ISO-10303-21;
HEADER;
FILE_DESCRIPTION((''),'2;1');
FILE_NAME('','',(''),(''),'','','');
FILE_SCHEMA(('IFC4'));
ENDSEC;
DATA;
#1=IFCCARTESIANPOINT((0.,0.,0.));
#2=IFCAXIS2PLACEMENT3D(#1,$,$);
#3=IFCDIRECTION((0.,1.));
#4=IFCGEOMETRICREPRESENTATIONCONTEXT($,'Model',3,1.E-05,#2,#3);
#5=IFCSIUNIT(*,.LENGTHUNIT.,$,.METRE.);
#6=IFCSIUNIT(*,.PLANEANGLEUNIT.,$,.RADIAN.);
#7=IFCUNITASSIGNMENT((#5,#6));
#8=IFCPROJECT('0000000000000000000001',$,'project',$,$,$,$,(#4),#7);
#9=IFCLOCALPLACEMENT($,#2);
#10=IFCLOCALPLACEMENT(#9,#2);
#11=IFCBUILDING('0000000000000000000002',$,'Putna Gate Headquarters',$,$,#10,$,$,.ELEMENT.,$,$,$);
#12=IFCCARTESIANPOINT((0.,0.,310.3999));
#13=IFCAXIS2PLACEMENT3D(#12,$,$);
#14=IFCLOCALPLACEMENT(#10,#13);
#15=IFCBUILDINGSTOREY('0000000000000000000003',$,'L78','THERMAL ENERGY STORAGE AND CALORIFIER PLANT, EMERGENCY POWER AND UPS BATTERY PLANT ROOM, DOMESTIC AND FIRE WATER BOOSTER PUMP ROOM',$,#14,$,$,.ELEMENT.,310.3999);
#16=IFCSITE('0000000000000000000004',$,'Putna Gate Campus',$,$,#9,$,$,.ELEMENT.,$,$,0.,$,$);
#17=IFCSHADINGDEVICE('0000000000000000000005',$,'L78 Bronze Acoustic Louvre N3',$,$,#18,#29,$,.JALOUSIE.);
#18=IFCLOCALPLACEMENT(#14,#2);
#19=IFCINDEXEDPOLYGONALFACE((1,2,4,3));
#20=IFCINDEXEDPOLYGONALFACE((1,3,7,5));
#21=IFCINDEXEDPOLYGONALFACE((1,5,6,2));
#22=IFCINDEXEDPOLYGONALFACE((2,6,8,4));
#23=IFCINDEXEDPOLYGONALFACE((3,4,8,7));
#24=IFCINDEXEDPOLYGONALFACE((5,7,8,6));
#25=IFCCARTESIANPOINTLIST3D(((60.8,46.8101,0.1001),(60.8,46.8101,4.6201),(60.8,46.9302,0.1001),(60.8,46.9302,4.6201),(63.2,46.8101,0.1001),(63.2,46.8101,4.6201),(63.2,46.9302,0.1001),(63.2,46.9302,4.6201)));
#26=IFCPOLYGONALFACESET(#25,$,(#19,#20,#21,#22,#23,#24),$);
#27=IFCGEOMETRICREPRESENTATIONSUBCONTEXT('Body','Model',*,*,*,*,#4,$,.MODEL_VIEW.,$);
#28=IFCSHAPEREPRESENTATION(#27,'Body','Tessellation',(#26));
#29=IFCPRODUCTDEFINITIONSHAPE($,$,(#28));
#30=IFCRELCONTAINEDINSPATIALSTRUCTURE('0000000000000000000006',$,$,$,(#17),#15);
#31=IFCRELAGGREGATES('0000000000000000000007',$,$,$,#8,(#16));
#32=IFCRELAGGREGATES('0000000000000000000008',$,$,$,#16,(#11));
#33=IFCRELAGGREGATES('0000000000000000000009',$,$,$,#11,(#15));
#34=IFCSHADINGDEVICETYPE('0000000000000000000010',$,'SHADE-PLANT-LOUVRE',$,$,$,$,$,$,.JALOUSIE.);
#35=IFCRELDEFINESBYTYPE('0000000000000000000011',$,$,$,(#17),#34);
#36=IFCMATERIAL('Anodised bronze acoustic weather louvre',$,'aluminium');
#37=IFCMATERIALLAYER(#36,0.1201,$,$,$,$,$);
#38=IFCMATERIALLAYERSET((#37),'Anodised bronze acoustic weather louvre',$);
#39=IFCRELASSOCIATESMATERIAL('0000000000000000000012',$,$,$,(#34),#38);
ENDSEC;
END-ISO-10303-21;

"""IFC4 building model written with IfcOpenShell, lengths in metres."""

from ifc_helpers import new_model, si_unit, direction, frame, origin, origin_2d, place, context, subcontext, project, spatial, rectangle, extrude, material, layer, layer_set, type_object, element, save


model = new_model("IFC4")

# Units and contexts
model_context = context("Model", 3, precision=1e-05, world=origin(), true_north=direction((0.0, 1.0)))
body_context = subcontext(model_context, "Body", "Model", "MODEL_VIEW")
ifc_project = project(units=[si_unit("LENGTHUNIT", "METRE"), si_unit("PLANEANGLEUNIT", "RADIAN")], contexts=[model_context])

# Site, building, storey
site_placement = place(None, origin())
site = spatial("IfcSite", under=ifc_project, at=site_placement, Name="Putna Gate Campus", CompositionType="ELEMENT", RefElevation=0.0)
building_placement = place(site_placement, origin())
building = spatial("IfcBuilding", under=site, at=building_placement, Name="Putna Gate Headquarters", CompositionType="ELEMENT")
storey_placement = place(building_placement, frame((0.0, 0.0, 310.3999)))
storey = spatial("IfcBuildingStorey", under=building, at=storey_placement, Name="L78", Description="THERMAL ENERGY STORAGE AND CALORIFIER PLANT, EMERGENCY POWER AND UPS BATTERY PLANT ROOM, DOMESTIC AND FIRE WATER BOOSTER PUMP ROOM", CompositionType="ELEMENT", Elevation=310.3999)

# Shading device
ifc_material_1 = material(Name="Anodised bronze acoustic weather louvre", Category="aluminium")
ifc_layer_1 = layer(ifc_material_1, 0.1201)
ifc_layer_set_1 = layer_set([ifc_layer_1], Name="Anodised bronze acoustic weather louvre")
shading_device_type = type_object("IfcShadingDeviceType", Name="SHADE-PLANT-LOUVRE", PredefinedType="JALOUSIE", material=ifc_layer_set_1)
shading_device_placement = place(storey_placement, frame((62.0, 46.8701, 0.1001), z_axis=(0.0, 0.0, 1.0), x_axis=(1.0, 0.0, 0.0)))
element("IfcShadingDevice", 1, at=shading_device_placement, inside=storey, type_object=shading_device_type, Name="L78 Bronze Acoustic Louvre N3", PredefinedType="JALOUSIE", context=body_context, shape_type="SweptSolid", body=[
    extrude(rectangle(XDim=2.3999, YDim=0.1201, at=origin_2d()), origin(), (0.0, 0.0, 1.0), 4.52),
])

save(model, "model.ifc")
